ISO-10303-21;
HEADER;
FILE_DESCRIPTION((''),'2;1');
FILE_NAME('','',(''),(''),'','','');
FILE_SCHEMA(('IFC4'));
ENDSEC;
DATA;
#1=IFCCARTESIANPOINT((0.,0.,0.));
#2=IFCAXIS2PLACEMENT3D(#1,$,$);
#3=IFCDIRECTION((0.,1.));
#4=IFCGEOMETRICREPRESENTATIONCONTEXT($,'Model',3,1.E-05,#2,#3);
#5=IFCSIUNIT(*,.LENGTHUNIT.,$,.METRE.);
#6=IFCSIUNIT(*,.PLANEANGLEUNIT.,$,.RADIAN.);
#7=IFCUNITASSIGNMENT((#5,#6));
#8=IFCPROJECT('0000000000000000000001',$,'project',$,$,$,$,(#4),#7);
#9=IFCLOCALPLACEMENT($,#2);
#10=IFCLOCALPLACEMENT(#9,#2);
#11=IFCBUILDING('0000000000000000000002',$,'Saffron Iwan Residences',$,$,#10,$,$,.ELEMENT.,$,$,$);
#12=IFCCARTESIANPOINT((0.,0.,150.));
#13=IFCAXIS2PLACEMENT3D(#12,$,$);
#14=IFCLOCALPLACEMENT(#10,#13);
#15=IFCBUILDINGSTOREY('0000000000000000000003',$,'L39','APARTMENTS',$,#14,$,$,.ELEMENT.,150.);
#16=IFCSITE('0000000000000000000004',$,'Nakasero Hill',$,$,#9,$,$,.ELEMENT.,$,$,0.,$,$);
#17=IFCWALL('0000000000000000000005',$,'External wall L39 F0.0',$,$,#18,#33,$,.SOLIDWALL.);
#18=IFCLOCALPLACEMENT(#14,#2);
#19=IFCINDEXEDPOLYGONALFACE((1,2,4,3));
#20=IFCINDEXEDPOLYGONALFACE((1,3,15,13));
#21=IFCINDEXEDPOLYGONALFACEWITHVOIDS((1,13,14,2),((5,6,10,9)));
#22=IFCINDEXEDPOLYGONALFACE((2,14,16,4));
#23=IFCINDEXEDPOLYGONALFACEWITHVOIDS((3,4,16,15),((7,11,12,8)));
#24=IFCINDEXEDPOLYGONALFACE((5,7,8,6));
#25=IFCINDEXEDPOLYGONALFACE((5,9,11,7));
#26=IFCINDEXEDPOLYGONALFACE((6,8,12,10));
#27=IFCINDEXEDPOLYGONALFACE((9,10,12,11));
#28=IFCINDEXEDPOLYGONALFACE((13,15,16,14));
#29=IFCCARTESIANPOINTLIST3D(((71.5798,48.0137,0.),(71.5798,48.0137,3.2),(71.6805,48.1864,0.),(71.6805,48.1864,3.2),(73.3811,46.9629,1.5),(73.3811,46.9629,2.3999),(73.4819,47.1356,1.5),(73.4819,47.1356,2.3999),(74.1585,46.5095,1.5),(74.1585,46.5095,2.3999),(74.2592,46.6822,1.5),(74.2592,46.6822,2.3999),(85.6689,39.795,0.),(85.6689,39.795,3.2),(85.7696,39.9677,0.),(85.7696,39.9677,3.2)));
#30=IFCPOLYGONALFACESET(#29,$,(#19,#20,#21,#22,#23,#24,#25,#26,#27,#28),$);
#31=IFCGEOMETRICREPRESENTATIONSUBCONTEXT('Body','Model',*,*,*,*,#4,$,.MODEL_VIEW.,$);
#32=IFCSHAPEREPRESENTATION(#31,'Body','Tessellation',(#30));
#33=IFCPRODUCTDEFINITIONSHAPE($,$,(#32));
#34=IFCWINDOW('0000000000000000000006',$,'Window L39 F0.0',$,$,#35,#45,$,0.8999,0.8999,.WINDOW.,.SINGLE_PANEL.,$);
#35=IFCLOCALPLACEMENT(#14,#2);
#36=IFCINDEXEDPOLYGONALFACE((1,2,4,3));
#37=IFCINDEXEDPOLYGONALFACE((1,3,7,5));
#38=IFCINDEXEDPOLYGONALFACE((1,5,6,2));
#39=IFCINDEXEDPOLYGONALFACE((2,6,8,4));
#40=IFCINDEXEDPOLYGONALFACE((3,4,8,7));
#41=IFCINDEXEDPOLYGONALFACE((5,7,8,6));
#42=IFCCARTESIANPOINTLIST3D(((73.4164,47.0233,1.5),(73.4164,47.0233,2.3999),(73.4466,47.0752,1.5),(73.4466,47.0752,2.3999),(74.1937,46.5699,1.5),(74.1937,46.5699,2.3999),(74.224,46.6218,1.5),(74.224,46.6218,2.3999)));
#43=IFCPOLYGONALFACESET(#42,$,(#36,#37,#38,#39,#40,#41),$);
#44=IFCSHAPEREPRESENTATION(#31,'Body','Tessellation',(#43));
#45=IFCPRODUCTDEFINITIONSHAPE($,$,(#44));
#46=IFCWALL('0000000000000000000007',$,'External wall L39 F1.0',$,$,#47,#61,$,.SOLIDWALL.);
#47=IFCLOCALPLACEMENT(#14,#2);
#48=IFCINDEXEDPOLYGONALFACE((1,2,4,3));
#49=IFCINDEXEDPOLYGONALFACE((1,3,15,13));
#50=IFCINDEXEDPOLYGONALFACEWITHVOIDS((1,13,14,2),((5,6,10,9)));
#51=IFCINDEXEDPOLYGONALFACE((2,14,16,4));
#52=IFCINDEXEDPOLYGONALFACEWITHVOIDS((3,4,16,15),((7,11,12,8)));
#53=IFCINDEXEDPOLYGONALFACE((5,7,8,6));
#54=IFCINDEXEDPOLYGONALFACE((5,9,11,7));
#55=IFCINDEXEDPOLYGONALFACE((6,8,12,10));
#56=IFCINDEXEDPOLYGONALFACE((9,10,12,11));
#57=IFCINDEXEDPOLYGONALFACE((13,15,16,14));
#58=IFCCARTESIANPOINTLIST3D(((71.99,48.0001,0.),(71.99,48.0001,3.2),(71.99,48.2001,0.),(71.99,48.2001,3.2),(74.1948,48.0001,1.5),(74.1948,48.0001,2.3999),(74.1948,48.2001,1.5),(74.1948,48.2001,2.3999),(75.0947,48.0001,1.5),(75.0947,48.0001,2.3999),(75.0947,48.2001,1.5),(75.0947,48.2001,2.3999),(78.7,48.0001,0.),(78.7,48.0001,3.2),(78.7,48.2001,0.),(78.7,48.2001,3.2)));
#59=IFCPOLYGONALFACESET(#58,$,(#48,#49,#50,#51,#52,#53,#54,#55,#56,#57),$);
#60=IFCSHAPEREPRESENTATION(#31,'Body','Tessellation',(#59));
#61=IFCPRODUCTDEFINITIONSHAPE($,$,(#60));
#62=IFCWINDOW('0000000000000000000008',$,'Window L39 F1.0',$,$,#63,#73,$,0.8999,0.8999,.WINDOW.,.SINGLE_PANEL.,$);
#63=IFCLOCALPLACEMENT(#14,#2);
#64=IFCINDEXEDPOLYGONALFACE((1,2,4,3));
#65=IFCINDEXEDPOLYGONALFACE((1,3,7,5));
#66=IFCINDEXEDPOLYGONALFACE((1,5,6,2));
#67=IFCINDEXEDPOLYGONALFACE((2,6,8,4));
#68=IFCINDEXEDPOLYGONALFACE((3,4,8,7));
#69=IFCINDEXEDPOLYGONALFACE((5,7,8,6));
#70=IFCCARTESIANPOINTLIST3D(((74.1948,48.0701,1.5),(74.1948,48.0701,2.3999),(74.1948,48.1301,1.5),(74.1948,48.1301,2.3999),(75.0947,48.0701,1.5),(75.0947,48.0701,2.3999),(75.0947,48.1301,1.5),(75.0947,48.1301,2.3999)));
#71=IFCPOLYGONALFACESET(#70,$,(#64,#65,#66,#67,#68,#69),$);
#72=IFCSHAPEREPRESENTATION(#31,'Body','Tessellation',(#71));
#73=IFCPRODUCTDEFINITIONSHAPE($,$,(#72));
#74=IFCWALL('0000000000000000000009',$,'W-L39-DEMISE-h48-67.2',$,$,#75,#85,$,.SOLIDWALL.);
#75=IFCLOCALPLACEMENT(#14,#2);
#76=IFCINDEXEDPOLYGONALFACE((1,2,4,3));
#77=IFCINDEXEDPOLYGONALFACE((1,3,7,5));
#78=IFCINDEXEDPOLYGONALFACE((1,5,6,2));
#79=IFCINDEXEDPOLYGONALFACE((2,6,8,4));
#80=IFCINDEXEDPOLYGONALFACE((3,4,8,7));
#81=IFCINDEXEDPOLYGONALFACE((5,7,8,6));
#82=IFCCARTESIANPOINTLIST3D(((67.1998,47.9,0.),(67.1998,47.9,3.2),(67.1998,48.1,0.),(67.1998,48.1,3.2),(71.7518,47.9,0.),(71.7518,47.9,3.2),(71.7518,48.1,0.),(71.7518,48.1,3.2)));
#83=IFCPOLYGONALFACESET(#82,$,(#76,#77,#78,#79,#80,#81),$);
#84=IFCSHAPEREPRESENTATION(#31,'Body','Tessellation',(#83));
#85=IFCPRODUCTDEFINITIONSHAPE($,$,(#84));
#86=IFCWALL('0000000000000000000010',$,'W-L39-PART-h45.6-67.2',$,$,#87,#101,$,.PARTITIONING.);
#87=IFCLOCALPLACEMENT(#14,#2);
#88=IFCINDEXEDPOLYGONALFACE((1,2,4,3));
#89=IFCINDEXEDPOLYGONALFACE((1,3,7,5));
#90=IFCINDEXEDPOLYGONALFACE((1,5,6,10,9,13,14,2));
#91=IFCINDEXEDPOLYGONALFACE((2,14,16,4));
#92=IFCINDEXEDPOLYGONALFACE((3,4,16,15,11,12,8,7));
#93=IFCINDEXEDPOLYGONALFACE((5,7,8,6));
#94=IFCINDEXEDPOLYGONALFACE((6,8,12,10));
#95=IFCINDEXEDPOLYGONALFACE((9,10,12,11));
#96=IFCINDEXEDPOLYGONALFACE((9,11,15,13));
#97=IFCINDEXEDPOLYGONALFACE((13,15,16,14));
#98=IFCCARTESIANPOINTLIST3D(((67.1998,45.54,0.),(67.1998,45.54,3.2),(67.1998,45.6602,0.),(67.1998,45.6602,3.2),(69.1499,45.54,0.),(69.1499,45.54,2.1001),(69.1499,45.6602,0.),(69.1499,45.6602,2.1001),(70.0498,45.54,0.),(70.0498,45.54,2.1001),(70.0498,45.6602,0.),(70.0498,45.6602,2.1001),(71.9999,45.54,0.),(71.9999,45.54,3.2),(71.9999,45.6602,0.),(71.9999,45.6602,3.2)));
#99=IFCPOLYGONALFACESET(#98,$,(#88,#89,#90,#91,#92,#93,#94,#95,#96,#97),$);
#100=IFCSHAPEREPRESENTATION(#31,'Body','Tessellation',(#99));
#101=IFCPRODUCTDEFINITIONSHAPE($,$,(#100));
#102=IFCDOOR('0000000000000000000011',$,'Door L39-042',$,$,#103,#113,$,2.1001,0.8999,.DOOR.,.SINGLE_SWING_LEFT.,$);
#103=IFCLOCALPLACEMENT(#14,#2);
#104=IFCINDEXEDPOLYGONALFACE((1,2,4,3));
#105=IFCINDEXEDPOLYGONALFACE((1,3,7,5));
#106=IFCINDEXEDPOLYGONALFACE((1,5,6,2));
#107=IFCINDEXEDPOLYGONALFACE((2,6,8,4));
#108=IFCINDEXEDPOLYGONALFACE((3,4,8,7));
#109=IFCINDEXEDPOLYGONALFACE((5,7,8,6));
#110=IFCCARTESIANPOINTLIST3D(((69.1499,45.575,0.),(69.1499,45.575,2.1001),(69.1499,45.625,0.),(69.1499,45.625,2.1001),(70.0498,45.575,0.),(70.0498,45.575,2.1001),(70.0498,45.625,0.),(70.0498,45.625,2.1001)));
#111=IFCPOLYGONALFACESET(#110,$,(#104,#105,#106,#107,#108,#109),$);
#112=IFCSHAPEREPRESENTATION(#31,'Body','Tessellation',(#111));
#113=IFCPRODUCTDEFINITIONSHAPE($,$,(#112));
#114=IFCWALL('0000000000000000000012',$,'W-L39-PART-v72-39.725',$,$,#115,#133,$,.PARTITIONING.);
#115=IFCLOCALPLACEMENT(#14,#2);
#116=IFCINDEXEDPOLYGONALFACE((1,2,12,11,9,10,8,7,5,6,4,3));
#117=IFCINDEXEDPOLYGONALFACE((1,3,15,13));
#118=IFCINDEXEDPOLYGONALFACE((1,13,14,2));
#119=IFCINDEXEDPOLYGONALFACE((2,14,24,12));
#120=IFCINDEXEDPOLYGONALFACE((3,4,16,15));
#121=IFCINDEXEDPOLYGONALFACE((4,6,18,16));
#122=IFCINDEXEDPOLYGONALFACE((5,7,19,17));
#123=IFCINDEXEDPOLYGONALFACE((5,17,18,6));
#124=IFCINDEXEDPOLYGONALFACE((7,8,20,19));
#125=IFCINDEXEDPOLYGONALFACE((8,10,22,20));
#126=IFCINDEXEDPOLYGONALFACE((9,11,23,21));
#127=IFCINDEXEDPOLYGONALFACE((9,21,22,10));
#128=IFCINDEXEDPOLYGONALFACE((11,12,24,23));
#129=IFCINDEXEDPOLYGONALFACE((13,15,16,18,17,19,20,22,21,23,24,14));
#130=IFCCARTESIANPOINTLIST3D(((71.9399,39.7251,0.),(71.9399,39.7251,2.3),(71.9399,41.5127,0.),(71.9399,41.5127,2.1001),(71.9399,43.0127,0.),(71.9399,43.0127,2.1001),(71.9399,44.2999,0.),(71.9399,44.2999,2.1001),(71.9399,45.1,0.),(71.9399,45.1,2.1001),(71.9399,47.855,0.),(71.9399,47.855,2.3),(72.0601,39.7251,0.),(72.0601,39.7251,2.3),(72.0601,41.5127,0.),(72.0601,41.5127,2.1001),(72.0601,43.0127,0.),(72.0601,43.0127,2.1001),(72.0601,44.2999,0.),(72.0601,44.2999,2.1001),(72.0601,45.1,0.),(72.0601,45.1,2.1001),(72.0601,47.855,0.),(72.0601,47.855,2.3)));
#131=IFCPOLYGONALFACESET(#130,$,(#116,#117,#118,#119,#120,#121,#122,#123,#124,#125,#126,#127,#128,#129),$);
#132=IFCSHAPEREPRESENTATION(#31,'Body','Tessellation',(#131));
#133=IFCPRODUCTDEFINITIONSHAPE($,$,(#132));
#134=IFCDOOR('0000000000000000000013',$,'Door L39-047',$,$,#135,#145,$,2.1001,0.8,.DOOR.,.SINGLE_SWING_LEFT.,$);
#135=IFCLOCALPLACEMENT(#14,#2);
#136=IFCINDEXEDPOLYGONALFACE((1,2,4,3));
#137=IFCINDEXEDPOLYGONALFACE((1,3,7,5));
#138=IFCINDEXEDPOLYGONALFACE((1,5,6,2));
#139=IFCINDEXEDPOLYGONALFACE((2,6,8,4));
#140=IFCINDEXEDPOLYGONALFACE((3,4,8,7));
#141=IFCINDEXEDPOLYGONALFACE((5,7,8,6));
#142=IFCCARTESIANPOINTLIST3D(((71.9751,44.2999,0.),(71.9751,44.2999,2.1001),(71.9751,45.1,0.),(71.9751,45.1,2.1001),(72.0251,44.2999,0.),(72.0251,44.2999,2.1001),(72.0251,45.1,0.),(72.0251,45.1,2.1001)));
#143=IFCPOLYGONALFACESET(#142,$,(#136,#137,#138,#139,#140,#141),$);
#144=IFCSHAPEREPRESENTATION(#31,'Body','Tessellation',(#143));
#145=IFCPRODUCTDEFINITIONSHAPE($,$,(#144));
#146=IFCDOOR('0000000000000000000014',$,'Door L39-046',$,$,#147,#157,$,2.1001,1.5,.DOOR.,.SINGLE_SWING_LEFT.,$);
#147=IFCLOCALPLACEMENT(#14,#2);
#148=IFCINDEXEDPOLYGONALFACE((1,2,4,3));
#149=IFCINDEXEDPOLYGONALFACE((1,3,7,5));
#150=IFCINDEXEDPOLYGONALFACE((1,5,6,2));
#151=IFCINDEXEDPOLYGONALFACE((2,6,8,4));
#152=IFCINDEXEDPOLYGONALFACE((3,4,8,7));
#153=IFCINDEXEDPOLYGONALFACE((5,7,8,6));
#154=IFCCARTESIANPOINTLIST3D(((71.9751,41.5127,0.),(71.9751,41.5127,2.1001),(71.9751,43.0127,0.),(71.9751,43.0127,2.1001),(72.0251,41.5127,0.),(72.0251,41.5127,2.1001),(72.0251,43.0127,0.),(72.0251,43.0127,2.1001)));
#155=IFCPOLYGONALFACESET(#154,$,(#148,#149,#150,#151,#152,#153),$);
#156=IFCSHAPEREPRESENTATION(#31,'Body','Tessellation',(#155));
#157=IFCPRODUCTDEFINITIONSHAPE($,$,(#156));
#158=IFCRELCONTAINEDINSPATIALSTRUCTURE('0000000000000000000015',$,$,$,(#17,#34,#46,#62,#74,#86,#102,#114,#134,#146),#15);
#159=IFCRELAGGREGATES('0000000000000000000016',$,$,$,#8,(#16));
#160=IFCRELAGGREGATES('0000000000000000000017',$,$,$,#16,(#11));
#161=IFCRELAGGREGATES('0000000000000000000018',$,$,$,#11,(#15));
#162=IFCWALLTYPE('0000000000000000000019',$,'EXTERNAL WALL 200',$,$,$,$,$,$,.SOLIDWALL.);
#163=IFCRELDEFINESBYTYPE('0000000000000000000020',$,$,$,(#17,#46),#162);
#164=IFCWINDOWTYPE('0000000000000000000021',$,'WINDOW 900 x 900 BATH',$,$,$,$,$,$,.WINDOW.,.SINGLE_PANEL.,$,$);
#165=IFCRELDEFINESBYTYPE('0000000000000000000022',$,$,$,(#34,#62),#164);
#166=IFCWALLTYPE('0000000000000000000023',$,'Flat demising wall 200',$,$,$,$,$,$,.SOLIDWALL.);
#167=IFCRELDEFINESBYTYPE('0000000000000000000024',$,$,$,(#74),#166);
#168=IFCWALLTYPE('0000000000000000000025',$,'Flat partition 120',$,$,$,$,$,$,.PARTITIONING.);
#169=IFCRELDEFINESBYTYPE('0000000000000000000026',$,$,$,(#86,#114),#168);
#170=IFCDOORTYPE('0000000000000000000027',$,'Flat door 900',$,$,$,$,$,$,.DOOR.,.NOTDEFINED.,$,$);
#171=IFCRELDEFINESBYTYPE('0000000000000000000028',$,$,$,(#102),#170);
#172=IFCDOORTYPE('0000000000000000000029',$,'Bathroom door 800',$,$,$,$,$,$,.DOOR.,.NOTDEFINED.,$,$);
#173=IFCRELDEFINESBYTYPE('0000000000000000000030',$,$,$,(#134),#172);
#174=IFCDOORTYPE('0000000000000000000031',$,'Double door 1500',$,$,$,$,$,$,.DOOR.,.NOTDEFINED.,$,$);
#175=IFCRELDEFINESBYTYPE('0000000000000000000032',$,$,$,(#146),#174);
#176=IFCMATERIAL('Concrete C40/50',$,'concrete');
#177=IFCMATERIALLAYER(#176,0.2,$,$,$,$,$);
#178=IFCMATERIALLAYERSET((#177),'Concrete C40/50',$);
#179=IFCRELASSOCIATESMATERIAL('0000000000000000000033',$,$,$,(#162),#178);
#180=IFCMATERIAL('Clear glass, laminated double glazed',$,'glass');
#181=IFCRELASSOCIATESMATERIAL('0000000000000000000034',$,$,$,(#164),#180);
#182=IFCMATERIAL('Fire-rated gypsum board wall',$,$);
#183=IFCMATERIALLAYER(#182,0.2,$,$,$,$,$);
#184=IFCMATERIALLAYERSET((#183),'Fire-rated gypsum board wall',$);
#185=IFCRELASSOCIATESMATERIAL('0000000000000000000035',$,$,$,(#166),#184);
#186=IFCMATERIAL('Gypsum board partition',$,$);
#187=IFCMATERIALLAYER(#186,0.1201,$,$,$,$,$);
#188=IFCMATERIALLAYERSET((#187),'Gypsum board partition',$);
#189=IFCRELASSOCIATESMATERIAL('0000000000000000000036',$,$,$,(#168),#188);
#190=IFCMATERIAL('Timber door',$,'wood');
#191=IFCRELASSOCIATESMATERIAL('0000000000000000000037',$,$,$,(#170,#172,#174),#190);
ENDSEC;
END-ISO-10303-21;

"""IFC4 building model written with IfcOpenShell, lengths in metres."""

from ifc_helpers import new_model, si_unit, direction, frame, frame_2d, origin, place, context, subcontext, project, spatial, rectangle, extrude, material, layer, layer_set, type_object, element, fill, save


model = new_model("IFC4")

# Units and contexts
model_context = context("Model", 3, precision=1e-05, world=origin(), true_north=direction((0.0, 1.0)))
body_context = subcontext(model_context, "Body", "Model", "MODEL_VIEW")
ifc_project = project(units=[si_unit("LENGTHUNIT", "METRE"), si_unit("PLANEANGLEUNIT", "RADIAN")], contexts=[model_context])

# Site, building, storey
site_placement = place(None, origin())
site = spatial("IfcSite", under=ifc_project, at=site_placement, Name="Nakasero Hill", CompositionType="ELEMENT", RefElevation=0.0)
building_placement = place(site_placement, origin())
building = spatial("IfcBuilding", under=site, at=building_placement, Name="Saffron Iwan Residences", CompositionType="ELEMENT")
storey_placement = place(building_placement, frame((0.0, 0.0, 150.0)))
storey = spatial("IfcBuildingStorey", under=building, at=storey_placement, Name="L39", Description="APARTMENTS", CompositionType="ELEMENT", Elevation=150.0)

# Walls, openings, windows
ifc_material_1 = material(Name="Concrete C40/50", Category="concrete")
ifc_layer_1 = layer(ifc_material_1, 0.2)
ifc_layer_set_1 = layer_set([ifc_layer_1], Name="Concrete C40/50")
wall_type_1 = type_object("IfcWallType", Name="EXTERNAL WALL 200", PredefinedType="SOLIDWALL", material=ifc_layer_set_1)
wall_1_placement = place(storey_placement, frame((85.7192, 39.8813, 0.0), z_axis=(0.0, 0.0, 1.0), x_axis=(-0.863776, 0.503876, 0.0)))
wall_1 = element("IfcWall", 1, at=wall_1_placement, inside=storey, type_object=wall_type_1, Name="External wall L39 F0.0", PredefinedType="SOLIDWALL", context=body_context, shape_type="SweptSolid", body=[
    extrude(rectangle(XDim=16.311, YDim=0.2, at=frame_2d((8.1555, 0.0))), origin(), (0.0, 0.0, 1.0), 3.2),
])
opening_1_placement = place(wall_1_placement, frame((13.3257, 0.0, 1.5)))
opening_1 = element("IfcOpeningElement", 2, at=opening_1_placement, cuts=wall_1, PredefinedType="OPENING", context=body_context, shape_type="SweptSolid", body=[
    extrude(rectangle(XDim=0.8999, YDim=0.8999, at=frame_2d((0.45, 0.45))), frame((0.0, 0.1099, 0.0), z_axis=(0.0, -1.0, 0.0), x_axis=(1.0, 0.0, 0.0)), (0.0, 0.0, 1.0), 0.22),
])
ifc_material_2 = material(Name="Clear glass, laminated double glazed", Category="glass")
window_type = type_object("IfcWindowType", Name="WINDOW 900 x 900 BATH", PartitioningType="SINGLE_PANEL", PredefinedType="WINDOW", material=ifc_material_2)
window_1_placement = place(opening_1_placement, origin())
window_1 = element("IfcWindow", 3, at=window_1_placement, inside=storey, type_object=window_type, Name="Window L39 F0.0", OverallHeight=0.8999, OverallWidth=0.8999, PartitioningType="SINGLE_PANEL", PredefinedType="WINDOW", context=body_context, shape_type="SweptSolid", body=[
    extrude(rectangle(XDim=0.8999, YDim=0.8999, at=frame_2d((0.45, 0.45))), frame((0.0, 0.03, 0.0), z_axis=(0.0, -1.0, 0.0), x_axis=(1.0, 0.0, 0.0)), (0.0, 0.0, 1.0), 0.0601),
])
fill(opening_1, window_1)
wall_2_placement = place(storey_placement, frame((71.99, 48.1001, 0.0), z_axis=(0.0, 0.0, 1.0), x_axis=(1.0, 0.0, 0.0)))
wall_2 = element("IfcWall", 4, at=wall_2_placement, inside=storey, type_object=wall_type_1, Name="External wall L39 F1.0", PredefinedType="SOLIDWALL", context=body_context, shape_type="SweptSolid", body=[
    extrude(rectangle(XDim=6.71, YDim=0.2, at=frame_2d((3.355, 0.0))), origin(), (0.0, 0.0, 1.0), 3.2),
])
opening_2_placement = place(wall_2_placement, frame((2.2048, 0.0, 1.5)))
opening_2 = element("IfcOpeningElement", 5, at=opening_2_placement, cuts=wall_2, PredefinedType="OPENING", context=body_context, shape_type="SweptSolid", body=[
    extrude(rectangle(XDim=0.8999, YDim=0.8999, at=frame_2d((0.45, 0.45))), frame((0.0, 0.1099, 0.0), z_axis=(0.0, -1.0, 0.0), x_axis=(1.0, 0.0, 0.0)), (0.0, 0.0, 1.0), 0.22),
])
window_2_placement = place(opening_2_placement, origin())
window_2 = element("IfcWindow", 6, at=window_2_placement, inside=storey, type_object=window_type, Name="Window L39 F1.0", OverallHeight=0.8999, OverallWidth=0.8999, PartitioningType="SINGLE_PANEL", PredefinedType="WINDOW", context=body_context, shape_type="SweptSolid", body=[
    extrude(rectangle(XDim=0.8999, YDim=0.8999, at=frame_2d((0.45, 0.45))), frame((0.0, 0.03, 0.0), z_axis=(0.0, -1.0, 0.0), x_axis=(1.0, 0.0, 0.0)), (0.0, 0.0, 1.0), 0.0601),
])
fill(opening_2, window_2)

# Wall
ifc_material_3 = material(Name="Fire-rated gypsum board wall")
ifc_layer_2 = layer(ifc_material_3, 0.2)
ifc_layer_set_2 = layer_set([ifc_layer_2], Name="Fire-rated gypsum board wall")
wall_type_2 = type_object("IfcWallType", Name="Flat demising wall 200", PredefinedType="SOLIDWALL", material=ifc_layer_set_2)
wall_3_placement = place(storey_placement, frame((67.2, 48.0, 0.0), z_axis=(0.0, 0.0, 1.0), x_axis=(1.0, 0.0, 0.0)))
element("IfcWall", 7, at=wall_3_placement, inside=storey, type_object=wall_type_2, Name="W-L39-DEMISE-h48-67.2", PredefinedType="SOLIDWALL", context=body_context, shape_type="SweptSolid", body=[
    extrude(rectangle(XDim=4.552, YDim=0.2, at=frame_2d((2.2759, 0.0))), origin(), (0.0, 0.0, 1.0), 3.2),
])

# Wall, opening, door
ifc_material_4 = material(Name="Gypsum board partition")
ifc_layer_3 = layer(ifc_material_4, 0.1201)
ifc_layer_set_3 = layer_set([ifc_layer_3], Name="Gypsum board partition")
wall_type_3 = type_object("IfcWallType", Name="Flat partition 120", PredefinedType="PARTITIONING", material=ifc_layer_set_3)
wall_4_placement = place(storey_placement, frame((67.2, 45.6001, 0.0), z_axis=(0.0, 0.0, 1.0), x_axis=(1.0, 0.0, 0.0)))
wall_4 = element("IfcWall", 8, at=wall_4_placement, inside=storey, type_object=wall_type_3, Name="W-L39-PART-h45.6-67.2", PredefinedType="PARTITIONING", context=body_context, shape_type="SweptSolid", body=[
    extrude(rectangle(XDim=4.8, YDim=0.1201, at=frame_2d((2.3999, 0.0))), origin(), (0.0, 0.0, 1.0), 3.2),
])
opening_3_placement = place(wall_4_placement, frame((1.95, 0.0, 0.0)))
opening_3 = element("IfcOpeningElement", 9, at=opening_3_placement, cuts=wall_4, PredefinedType="OPENING", context=body_context, shape_type="SweptSolid", body=[
    extrude(rectangle(XDim=0.8999, YDim=2.1001, at=frame_2d((0.45, 1.05))), frame((0.0, 0.0701, 0.0), z_axis=(0.0, -1.0, 0.0), x_axis=(1.0, 0.0, 0.0)), (0.0, 0.0, 1.0), 0.1401),
])
ifc_material_5 = material(Name="Timber door", Category="wood")
door_type_1 = type_object("IfcDoorType", Name="Flat door 900", OperationType="NOTDEFINED", PredefinedType="DOOR", material=ifc_material_5)
door_1_placement = place(opening_3_placement, origin())
door_1 = element("IfcDoor", 10, at=door_1_placement, inside=storey, type_object=door_type_1, Name="Door L39-042", OperationType="SINGLE_SWING_LEFT", OverallHeight=2.1001, OverallWidth=0.8999, PredefinedType="DOOR", context=body_context, shape_type="SweptSolid", body=[
    extrude(rectangle(XDim=0.8999, YDim=2.1001, at=frame_2d((0.45, 1.05))), frame((0.0, 0.0249, 0.0), z_axis=(0.0, -1.0, 0.0), x_axis=(1.0, 0.0, 0.0)), (0.0, 0.0, 1.0), 0.05),
])
fill(opening_3, door_1)

# Wall, openings, doors
wall_5_placement = place(storey_placement, frame((72.0, 39.7251, 0.0), z_axis=(0.0, 0.0, 1.0), x_axis=(0.0, 1.0, 0.0)))
wall_5 = element("IfcWall", 11, at=wall_5_placement, inside=storey, type_object=wall_type_3, Name="W-L39-PART-v72-39.725", PredefinedType="PARTITIONING", context=body_context, shape_type="SweptSolid", body=[
    extrude(rectangle(XDim=8.1299, YDim=0.1201, at=frame_2d((4.0649, 0.0))), origin(), (0.0, 0.0, 1.0), 2.3),
])
opening_4_placement = place(wall_5_placement, frame((1.7876, 0.0, 0.0)))
opening_4 = element("IfcOpeningElement", 12, at=opening_4_placement, cuts=wall_5, PredefinedType="OPENING", context=body_context, shape_type="SweptSolid", body=[
    extrude(rectangle(XDim=1.5, YDim=2.1001, at=frame_2d((0.75, 1.05))), frame((0.0, 0.0701, 0.0), z_axis=(0.0, -1.0, 0.0), x_axis=(1.0, 0.0, 0.0)), (0.0, 0.0, 1.0), 0.1401),
])
opening_5_placement = place(wall_5_placement, frame((4.575, 0.0, 0.0)))
opening_5 = element("IfcOpeningElement", 13, at=opening_5_placement, cuts=wall_5, PredefinedType="OPENING", context=body_context, shape_type="SweptSolid", body=[
    extrude(rectangle(XDim=0.8, YDim=2.1001, at=frame_2d((0.3999, 1.05))), frame((0.0, 0.0701, 0.0), z_axis=(0.0, -1.0, 0.0), x_axis=(1.0, 0.0, 0.0)), (0.0, 0.0, 1.0), 0.1401),
])
door_type_2 = type_object("IfcDoorType", Name="Bathroom door 800", OperationType="NOTDEFINED", PredefinedType="DOOR", material=ifc_material_5)
door_2_placement = place(opening_5_placement, origin())
door_2 = element("IfcDoor", 14, at=door_2_placement, inside=storey, type_object=door_type_2, Name="Door L39-047", OperationType="SINGLE_SWING_LEFT", OverallHeight=2.1001, OverallWidth=0.8, PredefinedType="DOOR", context=body_context, shape_type="SweptSolid", body=[
    extrude(rectangle(XDim=0.8, YDim=2.1001, at=frame_2d((0.3999, 1.05))), frame((0.0, 0.0249, 0.0), z_axis=(0.0, -1.0, 0.0), x_axis=(1.0, 0.0, 0.0)), (0.0, 0.0, 1.0), 0.05),
])
fill(opening_5, door_2)
door_type_3 = type_object("IfcDoorType", Name="Double door 1500", OperationType="NOTDEFINED", PredefinedType="DOOR", material=ifc_material_5)
door_3_placement = place(opening_4_placement, origin())
door_3 = element("IfcDoor", 15, at=door_3_placement, inside=storey, type_object=door_type_3, Name="Door L39-046", OperationType="SINGLE_SWING_LEFT", OverallHeight=2.1001, OverallWidth=1.5, PredefinedType="DOOR", context=body_context, shape_type="SweptSolid", body=[
    extrude(rectangle(XDim=1.5, YDim=2.1001, at=frame_2d((0.75, 1.05))), frame((0.0, 0.0249, 0.0), z_axis=(0.0, -1.0, 0.0), x_axis=(1.0, 0.0, 0.0)), (0.0, 0.0, 1.0), 0.05),
])
fill(opening_4, door_3)

save(model, "model.ifc")
